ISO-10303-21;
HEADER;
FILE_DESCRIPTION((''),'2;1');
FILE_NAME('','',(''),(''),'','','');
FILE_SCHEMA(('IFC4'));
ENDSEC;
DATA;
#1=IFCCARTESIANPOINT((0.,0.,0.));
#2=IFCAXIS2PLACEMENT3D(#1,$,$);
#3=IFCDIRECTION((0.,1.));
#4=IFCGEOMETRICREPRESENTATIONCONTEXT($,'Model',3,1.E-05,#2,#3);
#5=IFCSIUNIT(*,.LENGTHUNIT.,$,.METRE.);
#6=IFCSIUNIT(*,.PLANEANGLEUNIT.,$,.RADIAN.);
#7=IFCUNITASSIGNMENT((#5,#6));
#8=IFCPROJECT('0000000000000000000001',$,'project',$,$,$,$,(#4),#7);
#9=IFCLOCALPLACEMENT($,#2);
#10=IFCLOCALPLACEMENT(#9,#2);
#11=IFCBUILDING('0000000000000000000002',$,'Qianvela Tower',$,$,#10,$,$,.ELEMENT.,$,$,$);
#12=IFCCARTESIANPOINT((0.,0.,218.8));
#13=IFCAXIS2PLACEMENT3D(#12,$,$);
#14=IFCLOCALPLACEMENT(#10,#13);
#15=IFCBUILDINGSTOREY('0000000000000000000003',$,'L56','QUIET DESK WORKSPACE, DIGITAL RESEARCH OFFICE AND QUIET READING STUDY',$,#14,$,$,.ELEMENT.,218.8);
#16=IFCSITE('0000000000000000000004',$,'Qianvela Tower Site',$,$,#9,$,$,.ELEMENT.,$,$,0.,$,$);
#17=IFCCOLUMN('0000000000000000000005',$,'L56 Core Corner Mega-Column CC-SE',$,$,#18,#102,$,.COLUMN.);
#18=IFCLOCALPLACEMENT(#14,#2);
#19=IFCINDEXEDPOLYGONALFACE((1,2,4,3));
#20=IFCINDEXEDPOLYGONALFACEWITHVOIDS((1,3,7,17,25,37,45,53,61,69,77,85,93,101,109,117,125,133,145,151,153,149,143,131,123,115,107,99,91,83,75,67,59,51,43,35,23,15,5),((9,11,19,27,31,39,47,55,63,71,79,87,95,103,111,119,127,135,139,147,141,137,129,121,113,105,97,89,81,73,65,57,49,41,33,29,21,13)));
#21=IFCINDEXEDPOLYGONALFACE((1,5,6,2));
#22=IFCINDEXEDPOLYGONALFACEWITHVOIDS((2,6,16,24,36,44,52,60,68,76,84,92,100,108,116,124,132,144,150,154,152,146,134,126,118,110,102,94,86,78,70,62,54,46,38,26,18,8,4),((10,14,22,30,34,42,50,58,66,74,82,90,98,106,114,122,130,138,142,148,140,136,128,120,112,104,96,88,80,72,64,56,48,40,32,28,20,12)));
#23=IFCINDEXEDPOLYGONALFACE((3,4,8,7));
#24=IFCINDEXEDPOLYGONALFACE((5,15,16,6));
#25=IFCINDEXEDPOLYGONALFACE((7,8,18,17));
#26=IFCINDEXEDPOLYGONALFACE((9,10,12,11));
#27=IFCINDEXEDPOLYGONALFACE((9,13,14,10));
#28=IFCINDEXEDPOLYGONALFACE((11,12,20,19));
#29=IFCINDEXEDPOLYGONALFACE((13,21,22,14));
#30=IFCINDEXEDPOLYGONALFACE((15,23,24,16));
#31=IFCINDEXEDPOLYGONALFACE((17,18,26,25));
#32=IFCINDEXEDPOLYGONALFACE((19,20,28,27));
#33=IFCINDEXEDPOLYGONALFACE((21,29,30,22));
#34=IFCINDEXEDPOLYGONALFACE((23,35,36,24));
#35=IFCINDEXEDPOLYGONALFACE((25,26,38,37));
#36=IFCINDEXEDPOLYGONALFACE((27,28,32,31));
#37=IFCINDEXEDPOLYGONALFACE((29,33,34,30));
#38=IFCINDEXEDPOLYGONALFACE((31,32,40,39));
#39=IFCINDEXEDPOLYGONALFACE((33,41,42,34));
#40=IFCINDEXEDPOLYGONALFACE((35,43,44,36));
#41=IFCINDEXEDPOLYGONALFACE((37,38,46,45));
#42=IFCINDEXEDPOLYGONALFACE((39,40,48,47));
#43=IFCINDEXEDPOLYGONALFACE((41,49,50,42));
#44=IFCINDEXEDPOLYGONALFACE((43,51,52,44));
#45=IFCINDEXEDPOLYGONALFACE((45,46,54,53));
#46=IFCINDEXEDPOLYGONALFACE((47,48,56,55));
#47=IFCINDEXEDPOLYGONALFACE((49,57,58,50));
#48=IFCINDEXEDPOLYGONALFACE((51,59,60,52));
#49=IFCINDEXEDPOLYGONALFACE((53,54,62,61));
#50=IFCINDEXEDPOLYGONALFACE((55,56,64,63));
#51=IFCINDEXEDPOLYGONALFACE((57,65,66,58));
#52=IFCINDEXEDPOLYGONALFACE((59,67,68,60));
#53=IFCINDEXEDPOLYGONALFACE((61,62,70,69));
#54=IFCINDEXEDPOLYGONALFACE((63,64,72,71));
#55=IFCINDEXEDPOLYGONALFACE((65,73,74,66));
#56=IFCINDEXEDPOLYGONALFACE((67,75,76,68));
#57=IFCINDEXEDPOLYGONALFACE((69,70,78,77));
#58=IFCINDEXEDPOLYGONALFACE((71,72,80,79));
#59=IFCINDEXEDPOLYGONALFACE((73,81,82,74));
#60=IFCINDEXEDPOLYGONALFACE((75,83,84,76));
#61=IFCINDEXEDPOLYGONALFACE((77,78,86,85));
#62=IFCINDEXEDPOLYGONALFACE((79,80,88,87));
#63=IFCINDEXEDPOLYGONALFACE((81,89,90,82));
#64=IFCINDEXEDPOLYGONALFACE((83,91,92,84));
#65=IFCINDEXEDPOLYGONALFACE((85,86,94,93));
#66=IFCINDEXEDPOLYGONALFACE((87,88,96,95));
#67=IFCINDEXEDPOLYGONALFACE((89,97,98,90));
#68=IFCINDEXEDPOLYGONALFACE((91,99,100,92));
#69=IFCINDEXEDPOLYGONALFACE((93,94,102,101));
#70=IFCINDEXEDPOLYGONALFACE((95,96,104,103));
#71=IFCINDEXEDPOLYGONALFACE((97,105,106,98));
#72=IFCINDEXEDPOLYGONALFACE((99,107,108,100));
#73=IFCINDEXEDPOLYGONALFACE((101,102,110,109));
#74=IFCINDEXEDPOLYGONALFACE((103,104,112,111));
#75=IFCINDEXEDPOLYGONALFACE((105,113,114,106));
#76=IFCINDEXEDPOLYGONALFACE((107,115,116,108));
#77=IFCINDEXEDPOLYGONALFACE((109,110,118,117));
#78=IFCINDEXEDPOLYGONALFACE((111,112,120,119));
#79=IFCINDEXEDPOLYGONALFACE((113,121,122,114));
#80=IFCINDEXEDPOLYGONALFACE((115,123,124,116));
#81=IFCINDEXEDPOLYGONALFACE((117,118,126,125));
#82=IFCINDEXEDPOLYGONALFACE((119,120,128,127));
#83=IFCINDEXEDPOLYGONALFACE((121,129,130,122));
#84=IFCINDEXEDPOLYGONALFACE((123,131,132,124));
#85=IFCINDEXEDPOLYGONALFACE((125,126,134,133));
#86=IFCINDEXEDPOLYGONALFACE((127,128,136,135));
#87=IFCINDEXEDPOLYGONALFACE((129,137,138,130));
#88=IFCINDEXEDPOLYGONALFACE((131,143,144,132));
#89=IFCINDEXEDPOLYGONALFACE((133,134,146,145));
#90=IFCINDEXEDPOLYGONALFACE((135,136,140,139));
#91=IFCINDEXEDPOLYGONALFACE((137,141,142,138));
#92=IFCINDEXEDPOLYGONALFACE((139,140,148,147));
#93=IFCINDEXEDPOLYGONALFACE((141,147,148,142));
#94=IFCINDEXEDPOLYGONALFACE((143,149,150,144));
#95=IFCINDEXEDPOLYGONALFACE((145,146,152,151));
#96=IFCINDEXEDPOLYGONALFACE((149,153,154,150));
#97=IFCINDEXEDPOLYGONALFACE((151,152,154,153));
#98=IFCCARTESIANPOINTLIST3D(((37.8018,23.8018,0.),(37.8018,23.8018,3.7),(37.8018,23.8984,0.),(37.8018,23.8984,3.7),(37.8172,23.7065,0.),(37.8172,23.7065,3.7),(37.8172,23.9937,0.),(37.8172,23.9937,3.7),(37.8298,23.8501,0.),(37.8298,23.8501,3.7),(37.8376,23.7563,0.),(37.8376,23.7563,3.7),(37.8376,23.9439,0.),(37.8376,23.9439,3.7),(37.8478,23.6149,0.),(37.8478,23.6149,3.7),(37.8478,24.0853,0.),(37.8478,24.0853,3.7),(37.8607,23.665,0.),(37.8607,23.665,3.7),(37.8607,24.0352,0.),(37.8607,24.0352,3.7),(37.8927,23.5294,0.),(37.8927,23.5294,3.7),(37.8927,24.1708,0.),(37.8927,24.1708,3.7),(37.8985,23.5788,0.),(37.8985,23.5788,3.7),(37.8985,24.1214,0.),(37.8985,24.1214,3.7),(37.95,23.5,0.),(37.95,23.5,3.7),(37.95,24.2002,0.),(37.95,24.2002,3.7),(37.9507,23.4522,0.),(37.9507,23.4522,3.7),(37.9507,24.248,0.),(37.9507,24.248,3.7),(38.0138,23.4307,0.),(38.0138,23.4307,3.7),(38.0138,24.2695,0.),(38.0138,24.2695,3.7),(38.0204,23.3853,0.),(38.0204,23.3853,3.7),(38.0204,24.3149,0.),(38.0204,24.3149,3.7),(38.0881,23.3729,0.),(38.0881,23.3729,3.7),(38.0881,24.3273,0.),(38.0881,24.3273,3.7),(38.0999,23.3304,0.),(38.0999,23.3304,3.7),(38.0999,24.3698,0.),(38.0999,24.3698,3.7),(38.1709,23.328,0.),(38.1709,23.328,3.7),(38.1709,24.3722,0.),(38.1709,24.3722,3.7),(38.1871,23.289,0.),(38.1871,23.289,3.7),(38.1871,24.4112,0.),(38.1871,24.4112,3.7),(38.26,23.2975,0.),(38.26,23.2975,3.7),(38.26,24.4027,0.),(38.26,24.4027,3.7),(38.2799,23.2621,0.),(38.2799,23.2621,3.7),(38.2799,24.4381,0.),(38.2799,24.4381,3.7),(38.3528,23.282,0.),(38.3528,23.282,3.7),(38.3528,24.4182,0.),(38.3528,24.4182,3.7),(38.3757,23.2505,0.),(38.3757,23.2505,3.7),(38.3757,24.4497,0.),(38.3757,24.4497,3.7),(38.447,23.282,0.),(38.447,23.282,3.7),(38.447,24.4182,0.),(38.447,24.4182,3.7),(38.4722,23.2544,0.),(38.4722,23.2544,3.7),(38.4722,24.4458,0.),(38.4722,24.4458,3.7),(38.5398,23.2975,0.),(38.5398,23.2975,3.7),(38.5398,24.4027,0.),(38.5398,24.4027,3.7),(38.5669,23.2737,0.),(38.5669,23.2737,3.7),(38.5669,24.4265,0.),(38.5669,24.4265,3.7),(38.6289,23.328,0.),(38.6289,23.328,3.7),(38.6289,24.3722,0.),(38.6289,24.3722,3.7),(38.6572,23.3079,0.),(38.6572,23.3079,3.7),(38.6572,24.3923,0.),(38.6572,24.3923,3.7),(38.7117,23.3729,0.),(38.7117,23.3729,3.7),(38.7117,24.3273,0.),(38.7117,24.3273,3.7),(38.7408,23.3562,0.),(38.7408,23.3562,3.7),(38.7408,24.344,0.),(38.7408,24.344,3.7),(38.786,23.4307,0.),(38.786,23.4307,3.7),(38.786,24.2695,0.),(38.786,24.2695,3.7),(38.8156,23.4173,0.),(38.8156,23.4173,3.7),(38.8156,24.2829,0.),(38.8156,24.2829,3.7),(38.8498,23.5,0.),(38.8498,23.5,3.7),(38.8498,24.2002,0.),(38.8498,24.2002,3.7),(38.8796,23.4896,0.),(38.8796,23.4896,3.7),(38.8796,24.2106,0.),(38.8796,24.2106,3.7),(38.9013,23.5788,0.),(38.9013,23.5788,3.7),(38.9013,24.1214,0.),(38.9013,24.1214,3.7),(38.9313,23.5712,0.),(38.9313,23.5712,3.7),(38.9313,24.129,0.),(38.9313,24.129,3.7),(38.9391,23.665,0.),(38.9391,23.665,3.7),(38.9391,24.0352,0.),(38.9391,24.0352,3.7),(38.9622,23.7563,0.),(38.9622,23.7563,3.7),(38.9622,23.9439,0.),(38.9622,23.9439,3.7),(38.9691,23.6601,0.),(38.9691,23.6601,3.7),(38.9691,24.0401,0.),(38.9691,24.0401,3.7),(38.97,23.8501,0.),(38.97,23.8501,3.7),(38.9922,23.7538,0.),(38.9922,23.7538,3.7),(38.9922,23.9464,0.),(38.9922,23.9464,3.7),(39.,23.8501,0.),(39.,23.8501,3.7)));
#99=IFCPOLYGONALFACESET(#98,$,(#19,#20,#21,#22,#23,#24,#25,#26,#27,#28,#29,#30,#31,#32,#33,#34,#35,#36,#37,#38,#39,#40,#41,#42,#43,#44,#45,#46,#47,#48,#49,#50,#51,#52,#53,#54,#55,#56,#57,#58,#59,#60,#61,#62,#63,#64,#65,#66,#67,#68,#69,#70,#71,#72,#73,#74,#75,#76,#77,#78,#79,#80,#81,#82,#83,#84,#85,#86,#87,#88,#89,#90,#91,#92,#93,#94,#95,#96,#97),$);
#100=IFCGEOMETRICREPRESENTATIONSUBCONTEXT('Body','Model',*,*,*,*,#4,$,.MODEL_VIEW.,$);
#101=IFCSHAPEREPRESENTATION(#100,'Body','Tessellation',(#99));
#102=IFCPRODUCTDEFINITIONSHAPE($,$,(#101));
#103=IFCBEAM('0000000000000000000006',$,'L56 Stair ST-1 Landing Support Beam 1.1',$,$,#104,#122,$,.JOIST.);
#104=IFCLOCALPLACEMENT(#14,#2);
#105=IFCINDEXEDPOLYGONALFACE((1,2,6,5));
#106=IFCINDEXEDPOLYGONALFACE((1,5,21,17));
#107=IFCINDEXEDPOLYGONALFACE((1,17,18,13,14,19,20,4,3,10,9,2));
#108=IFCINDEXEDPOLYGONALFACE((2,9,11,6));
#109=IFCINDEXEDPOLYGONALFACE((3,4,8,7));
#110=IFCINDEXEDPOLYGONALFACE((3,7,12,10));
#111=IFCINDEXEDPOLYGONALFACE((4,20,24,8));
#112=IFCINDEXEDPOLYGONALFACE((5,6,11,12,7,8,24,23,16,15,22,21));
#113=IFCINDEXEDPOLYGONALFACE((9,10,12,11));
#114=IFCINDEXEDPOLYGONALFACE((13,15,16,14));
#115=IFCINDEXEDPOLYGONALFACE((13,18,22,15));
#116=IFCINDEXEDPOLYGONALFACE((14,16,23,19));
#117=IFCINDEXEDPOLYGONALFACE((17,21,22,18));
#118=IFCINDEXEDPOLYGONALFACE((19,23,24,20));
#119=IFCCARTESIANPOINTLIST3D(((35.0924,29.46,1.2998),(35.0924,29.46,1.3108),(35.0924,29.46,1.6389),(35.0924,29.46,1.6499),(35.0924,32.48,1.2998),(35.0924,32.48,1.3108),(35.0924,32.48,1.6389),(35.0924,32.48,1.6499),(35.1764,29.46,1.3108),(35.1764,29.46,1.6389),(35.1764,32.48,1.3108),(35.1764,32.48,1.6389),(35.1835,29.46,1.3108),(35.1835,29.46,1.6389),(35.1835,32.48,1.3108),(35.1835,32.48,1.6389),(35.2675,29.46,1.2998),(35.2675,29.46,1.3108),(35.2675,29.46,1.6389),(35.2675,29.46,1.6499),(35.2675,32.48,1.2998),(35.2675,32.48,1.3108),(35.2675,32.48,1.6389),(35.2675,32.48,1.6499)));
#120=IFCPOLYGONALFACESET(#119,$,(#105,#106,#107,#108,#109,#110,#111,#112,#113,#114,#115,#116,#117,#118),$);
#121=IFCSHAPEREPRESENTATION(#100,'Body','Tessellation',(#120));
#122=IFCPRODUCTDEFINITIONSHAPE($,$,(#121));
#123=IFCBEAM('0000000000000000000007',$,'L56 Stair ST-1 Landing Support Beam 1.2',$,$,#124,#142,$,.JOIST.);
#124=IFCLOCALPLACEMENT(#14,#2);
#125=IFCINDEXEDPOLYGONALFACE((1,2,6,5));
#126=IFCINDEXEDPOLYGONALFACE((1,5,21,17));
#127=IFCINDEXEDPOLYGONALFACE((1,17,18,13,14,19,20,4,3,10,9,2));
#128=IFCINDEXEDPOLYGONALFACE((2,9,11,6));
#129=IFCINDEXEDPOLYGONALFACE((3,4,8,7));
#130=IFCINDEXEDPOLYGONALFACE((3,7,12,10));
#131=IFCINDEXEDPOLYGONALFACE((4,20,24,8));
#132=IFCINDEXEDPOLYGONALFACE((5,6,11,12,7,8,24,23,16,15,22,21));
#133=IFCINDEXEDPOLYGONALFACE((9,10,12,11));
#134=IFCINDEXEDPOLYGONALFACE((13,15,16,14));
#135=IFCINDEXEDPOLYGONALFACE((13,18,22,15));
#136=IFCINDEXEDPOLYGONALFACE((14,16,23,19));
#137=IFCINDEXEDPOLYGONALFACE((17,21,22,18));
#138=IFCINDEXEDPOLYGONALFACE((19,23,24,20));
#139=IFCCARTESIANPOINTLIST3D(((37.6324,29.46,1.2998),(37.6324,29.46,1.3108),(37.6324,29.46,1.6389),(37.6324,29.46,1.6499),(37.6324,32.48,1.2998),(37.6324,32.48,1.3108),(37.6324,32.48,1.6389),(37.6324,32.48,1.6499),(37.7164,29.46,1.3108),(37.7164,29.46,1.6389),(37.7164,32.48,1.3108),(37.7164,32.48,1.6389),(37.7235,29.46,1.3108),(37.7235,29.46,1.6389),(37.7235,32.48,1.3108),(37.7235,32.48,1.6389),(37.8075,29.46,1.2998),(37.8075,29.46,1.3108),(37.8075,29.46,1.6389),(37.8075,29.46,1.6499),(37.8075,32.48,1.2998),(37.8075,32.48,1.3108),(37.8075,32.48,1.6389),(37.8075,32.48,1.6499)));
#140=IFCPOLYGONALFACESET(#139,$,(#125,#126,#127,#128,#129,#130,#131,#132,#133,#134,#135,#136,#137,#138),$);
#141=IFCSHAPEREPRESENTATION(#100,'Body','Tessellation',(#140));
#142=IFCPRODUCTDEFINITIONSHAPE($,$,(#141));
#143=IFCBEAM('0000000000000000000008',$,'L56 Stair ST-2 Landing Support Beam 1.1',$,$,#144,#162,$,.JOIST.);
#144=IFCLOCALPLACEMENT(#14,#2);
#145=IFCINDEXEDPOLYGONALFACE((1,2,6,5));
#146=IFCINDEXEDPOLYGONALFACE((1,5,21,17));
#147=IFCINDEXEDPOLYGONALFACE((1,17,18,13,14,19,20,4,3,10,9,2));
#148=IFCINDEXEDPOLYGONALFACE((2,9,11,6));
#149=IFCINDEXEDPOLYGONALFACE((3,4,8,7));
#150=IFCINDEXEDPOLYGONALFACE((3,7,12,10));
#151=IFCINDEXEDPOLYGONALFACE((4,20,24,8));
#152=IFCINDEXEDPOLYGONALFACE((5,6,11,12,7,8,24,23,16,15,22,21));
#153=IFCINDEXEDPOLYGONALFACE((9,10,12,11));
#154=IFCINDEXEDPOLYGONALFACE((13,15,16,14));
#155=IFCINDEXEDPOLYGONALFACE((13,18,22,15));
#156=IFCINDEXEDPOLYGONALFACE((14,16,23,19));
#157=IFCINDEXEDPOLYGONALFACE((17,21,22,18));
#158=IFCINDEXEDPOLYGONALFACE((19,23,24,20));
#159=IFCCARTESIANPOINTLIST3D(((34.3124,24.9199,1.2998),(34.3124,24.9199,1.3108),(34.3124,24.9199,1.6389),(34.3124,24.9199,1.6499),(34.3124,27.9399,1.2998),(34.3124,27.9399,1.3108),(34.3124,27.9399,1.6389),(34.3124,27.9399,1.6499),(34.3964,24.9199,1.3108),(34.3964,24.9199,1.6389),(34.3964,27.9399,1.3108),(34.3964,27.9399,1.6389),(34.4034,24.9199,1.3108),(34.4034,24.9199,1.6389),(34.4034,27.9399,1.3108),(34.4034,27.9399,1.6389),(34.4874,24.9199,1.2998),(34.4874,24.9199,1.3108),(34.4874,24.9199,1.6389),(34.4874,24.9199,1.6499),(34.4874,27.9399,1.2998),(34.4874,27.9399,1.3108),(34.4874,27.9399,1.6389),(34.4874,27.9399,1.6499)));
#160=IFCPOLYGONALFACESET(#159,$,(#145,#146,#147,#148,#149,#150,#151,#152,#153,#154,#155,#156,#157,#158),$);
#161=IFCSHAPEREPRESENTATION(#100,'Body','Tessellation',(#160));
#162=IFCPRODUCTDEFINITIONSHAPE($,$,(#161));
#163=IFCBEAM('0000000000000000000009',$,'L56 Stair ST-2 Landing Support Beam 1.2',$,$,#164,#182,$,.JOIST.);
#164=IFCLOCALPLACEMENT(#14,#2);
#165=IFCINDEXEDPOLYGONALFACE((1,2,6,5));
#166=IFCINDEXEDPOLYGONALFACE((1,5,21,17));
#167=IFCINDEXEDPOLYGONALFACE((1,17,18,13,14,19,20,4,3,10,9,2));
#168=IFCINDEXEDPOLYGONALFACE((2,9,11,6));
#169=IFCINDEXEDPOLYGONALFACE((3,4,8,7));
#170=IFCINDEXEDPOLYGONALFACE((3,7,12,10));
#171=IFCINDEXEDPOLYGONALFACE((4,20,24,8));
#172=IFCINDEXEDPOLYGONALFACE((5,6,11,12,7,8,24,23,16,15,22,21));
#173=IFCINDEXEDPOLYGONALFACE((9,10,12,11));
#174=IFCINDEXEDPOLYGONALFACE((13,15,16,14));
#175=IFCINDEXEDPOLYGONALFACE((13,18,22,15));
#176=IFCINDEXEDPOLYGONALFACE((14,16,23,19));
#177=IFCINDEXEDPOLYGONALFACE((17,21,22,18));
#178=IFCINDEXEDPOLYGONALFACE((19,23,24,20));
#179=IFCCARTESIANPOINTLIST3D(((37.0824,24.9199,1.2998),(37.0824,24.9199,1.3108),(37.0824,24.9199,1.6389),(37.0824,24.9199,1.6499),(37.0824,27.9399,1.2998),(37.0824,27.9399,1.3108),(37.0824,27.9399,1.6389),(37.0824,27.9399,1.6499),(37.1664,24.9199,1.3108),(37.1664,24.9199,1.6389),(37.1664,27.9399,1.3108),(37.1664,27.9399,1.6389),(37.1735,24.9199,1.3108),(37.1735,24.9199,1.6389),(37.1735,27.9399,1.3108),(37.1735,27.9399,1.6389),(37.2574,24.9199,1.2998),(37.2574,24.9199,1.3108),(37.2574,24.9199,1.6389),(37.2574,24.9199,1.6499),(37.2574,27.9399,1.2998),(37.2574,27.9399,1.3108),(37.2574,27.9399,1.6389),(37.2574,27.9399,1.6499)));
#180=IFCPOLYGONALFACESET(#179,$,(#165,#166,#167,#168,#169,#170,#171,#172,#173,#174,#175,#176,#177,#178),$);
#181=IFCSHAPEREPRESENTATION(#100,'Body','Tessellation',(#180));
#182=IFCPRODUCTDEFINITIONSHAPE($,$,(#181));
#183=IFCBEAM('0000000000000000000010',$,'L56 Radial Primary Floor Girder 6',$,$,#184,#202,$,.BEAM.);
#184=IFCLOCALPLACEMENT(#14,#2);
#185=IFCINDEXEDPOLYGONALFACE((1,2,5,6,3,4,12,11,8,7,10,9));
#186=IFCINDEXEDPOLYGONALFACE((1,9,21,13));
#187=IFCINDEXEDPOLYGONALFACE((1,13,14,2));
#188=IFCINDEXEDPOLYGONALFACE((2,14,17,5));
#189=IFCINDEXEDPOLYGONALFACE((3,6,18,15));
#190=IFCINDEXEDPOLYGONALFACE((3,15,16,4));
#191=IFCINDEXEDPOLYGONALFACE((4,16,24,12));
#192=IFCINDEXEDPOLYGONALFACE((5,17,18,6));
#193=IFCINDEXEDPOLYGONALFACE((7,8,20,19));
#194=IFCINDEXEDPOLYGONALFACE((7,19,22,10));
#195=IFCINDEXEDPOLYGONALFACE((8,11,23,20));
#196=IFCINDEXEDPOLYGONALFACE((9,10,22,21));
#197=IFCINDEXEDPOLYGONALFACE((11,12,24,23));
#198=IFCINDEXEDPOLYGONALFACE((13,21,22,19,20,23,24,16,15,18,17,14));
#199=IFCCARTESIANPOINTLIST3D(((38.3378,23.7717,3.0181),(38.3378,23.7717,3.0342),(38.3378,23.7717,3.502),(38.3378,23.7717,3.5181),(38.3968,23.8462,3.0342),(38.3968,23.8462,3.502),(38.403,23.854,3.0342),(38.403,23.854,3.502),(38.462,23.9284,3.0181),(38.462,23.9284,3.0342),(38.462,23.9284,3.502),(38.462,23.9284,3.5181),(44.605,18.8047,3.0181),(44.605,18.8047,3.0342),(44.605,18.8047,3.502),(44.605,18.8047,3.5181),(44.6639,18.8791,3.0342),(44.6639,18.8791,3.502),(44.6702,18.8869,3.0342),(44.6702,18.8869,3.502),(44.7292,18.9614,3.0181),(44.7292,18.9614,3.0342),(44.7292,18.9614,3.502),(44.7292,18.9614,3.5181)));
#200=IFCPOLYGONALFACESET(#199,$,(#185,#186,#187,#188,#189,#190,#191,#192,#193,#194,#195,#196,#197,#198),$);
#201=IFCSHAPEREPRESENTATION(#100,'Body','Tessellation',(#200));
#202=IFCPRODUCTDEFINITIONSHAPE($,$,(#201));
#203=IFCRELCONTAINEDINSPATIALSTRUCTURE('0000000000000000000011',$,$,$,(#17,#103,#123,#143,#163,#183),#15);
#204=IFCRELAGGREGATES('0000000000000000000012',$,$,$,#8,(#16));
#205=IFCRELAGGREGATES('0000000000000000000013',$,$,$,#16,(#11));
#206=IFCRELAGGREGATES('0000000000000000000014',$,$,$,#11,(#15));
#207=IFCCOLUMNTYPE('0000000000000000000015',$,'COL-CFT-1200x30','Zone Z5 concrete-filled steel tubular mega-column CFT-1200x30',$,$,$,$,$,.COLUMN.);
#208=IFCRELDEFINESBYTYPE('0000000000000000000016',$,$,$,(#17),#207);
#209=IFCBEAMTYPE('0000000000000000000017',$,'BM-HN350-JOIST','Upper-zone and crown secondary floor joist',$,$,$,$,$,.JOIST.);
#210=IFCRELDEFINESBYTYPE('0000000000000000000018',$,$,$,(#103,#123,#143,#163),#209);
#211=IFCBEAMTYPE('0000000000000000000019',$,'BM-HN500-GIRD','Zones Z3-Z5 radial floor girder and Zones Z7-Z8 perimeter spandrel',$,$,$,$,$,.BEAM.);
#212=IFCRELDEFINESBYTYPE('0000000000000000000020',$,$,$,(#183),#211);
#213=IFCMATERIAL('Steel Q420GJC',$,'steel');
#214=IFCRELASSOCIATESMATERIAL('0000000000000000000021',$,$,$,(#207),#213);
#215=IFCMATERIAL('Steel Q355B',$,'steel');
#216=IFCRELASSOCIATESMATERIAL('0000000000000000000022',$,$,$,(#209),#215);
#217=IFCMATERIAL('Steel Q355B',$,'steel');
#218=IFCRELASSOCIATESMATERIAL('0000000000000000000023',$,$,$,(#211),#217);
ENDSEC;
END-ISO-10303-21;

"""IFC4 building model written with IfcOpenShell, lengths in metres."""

from ifc_helpers import new_model, si_unit, direction, frame, origin, origin_2d, place, context, subcontext, project, spatial, hollow_circle, i_section, extrude, material, material_profile, profile_set, type_object, element, save


model = new_model("IFC4")

# Units and contexts
model_context = context("Model", 3, precision=1e-05, world=origin(), true_north=direction((0.0, 1.0)))
body_context = subcontext(model_context, "Body", "Model", "MODEL_VIEW")
ifc_project = project(units=[si_unit("LENGTHUNIT", "METRE"), si_unit("PLANEANGLEUNIT", "RADIAN")], contexts=[model_context])

# Site, building, storey
site_placement = place(None, origin())
site = spatial("IfcSite", under=ifc_project, at=site_placement, Name="Qianvela Tower Site", CompositionType="ELEMENT", RefElevation=0.0)
building_placement = place(site_placement, origin())
building = spatial("IfcBuilding", under=site, at=building_placement, Name="Qianvela Tower", CompositionType="ELEMENT")
storey_placement = place(building_placement, frame((0.0, 0.0, 218.8)))
storey = spatial("IfcBuildingStorey", under=building, at=storey_placement, Name="L56", Description="QUIET DESK WORKSPACE, DIGITAL RESEARCH OFFICE AND QUIET READING STUDY", CompositionType="ELEMENT", Elevation=218.8)

# Column
ifc_material_1 = material(Name="Steel Q420GJC", Category="steel")
ifc_material_profile_1 = material_profile(ifc_material_1, hollow_circle(Radius=0.6001, WallThickness=0.03, at=origin_2d()), Name="CFT-1200x30")
ifc_profile_set_1 = profile_set([ifc_material_profile_1], Name="Steel Q420GJC")
column_type = type_object("IfcColumnType", Name="COL-CFT-1200x30", Description="Zone Z5 concrete-filled steel tubular mega-column CFT-1200x30", PredefinedType="COLUMN", material=ifc_profile_set_1)
column_placement = place(storey_placement, frame((38.3999, 23.8501, 0.0), z_axis=(0.0, 0.0, 1.0), x_axis=(1.0, 0.0, 0.0)))
element("IfcColumn", 1, at=column_placement, inside=storey, type_object=column_type, Name="L56 Core Corner Mega-Column CC-SE", PredefinedType="COLUMN", context=body_context, shape_type="SweptSolid", body=[
    extrude(hollow_circle(Radius=0.6001, WallThickness=0.03, at=origin_2d()), origin(), (0.0, 0.0, 1.0), 3.7),
])

# Beams
ifc_material_2 = material(Name="Steel Q355B", Category="steel")
ifc_material_profile_2 = material_profile(ifc_material_2, i_section(OverallWidth=0.175, OverallDepth=0.3501, WebThickness=0.0071, FlangeThickness=0.011, at=origin_2d()), Name="HN350x175x7x11")
ifc_profile_set_2 = profile_set([ifc_material_profile_2], Name="Steel Q355B")
beam_type_1 = type_object("IfcBeamType", Name="BM-HN350-JOIST", Description="Upper-zone and crown secondary floor joist", PredefinedType="JOIST", material=ifc_profile_set_2)
for number, where, z_axis, x_axis, name in (
    (2, (35.1799, 29.46, 1.4749), (0.0, 1.0, 0.0), (-1.0, 0.0, 0.0), "L56 Stair ST-1 Landing Support Beam 1.1"),
    (3, (37.72, 29.46, 1.4749), (0.0, 1.0, 0.0), (-1.0, 0.0, 0.0), "L56 Stair ST-1 Landing Support Beam 1.2"),
    (4, (34.3999, 24.9199, 1.4749), (0.0, 1.0, 0.0), (-1.0, 0.0, 0.0), "L56 Stair ST-2 Landing Support Beam 1.1"),
    (5, (37.1699, 24.9199, 1.4749), (0.0, 1.0, 0.0), (-1.0, 0.0, 0.0), "L56 Stair ST-2 Landing Support Beam 1.2"),
):
    element("IfcBeam", number, at=place(storey_placement, frame(where, z_axis=z_axis, x_axis=x_axis)), inside=storey, type_object=beam_type_1, Name=name, PredefinedType="JOIST", context=body_context, shape_type="SweptSolid", body=[
        extrude(i_section(OverallWidth=0.175, OverallDepth=0.3501, WebThickness=0.0071, FlangeThickness=0.011, at=origin_2d()), origin(), (0.0, 0.0, 1.0), 3.02),
    ])
ifc_material_3 = material(Name="Steel Q355B", Category="steel")
ifc_material_profile_3 = material_profile(ifc_material_3, i_section(OverallWidth=0.2, OverallDepth=0.5, WebThickness=0.01, FlangeThickness=0.0161, at=origin_2d()), Name="HN500x200x10x16")
ifc_profile_set_3 = profile_set([ifc_material_profile_3], Name="Steel Q355B")
beam_type_2 = type_object("IfcBeamType", Name="BM-HN500-GIRD", Description="Zones Z3-Z5 radial floor girder and Zones Z7-Z8 perimeter spandrel", PredefinedType="BEAM", material=ifc_profile_set_3)
beam_placement = place(storey_placement, frame((38.3999, 23.8501, 3.2681), z_axis=(0.783705, -0.621133, 0.0), x_axis=(0.621133, 0.783705, 0.0)))
element("IfcBeam", 6, at=beam_placement, inside=storey, type_object=beam_type_2, Name="L56 Radial Primary Floor Girder 6", PredefinedType="BEAM", context=body_context, shape_type="SweptSolid", body=[
    extrude(i_section(OverallWidth=0.2, OverallDepth=0.5, WebThickness=0.01, FlangeThickness=0.0161, at=origin_2d()), origin(), (0.0, 0.0, 1.0), 7.9968),
])

save(model, "model.ifc")
